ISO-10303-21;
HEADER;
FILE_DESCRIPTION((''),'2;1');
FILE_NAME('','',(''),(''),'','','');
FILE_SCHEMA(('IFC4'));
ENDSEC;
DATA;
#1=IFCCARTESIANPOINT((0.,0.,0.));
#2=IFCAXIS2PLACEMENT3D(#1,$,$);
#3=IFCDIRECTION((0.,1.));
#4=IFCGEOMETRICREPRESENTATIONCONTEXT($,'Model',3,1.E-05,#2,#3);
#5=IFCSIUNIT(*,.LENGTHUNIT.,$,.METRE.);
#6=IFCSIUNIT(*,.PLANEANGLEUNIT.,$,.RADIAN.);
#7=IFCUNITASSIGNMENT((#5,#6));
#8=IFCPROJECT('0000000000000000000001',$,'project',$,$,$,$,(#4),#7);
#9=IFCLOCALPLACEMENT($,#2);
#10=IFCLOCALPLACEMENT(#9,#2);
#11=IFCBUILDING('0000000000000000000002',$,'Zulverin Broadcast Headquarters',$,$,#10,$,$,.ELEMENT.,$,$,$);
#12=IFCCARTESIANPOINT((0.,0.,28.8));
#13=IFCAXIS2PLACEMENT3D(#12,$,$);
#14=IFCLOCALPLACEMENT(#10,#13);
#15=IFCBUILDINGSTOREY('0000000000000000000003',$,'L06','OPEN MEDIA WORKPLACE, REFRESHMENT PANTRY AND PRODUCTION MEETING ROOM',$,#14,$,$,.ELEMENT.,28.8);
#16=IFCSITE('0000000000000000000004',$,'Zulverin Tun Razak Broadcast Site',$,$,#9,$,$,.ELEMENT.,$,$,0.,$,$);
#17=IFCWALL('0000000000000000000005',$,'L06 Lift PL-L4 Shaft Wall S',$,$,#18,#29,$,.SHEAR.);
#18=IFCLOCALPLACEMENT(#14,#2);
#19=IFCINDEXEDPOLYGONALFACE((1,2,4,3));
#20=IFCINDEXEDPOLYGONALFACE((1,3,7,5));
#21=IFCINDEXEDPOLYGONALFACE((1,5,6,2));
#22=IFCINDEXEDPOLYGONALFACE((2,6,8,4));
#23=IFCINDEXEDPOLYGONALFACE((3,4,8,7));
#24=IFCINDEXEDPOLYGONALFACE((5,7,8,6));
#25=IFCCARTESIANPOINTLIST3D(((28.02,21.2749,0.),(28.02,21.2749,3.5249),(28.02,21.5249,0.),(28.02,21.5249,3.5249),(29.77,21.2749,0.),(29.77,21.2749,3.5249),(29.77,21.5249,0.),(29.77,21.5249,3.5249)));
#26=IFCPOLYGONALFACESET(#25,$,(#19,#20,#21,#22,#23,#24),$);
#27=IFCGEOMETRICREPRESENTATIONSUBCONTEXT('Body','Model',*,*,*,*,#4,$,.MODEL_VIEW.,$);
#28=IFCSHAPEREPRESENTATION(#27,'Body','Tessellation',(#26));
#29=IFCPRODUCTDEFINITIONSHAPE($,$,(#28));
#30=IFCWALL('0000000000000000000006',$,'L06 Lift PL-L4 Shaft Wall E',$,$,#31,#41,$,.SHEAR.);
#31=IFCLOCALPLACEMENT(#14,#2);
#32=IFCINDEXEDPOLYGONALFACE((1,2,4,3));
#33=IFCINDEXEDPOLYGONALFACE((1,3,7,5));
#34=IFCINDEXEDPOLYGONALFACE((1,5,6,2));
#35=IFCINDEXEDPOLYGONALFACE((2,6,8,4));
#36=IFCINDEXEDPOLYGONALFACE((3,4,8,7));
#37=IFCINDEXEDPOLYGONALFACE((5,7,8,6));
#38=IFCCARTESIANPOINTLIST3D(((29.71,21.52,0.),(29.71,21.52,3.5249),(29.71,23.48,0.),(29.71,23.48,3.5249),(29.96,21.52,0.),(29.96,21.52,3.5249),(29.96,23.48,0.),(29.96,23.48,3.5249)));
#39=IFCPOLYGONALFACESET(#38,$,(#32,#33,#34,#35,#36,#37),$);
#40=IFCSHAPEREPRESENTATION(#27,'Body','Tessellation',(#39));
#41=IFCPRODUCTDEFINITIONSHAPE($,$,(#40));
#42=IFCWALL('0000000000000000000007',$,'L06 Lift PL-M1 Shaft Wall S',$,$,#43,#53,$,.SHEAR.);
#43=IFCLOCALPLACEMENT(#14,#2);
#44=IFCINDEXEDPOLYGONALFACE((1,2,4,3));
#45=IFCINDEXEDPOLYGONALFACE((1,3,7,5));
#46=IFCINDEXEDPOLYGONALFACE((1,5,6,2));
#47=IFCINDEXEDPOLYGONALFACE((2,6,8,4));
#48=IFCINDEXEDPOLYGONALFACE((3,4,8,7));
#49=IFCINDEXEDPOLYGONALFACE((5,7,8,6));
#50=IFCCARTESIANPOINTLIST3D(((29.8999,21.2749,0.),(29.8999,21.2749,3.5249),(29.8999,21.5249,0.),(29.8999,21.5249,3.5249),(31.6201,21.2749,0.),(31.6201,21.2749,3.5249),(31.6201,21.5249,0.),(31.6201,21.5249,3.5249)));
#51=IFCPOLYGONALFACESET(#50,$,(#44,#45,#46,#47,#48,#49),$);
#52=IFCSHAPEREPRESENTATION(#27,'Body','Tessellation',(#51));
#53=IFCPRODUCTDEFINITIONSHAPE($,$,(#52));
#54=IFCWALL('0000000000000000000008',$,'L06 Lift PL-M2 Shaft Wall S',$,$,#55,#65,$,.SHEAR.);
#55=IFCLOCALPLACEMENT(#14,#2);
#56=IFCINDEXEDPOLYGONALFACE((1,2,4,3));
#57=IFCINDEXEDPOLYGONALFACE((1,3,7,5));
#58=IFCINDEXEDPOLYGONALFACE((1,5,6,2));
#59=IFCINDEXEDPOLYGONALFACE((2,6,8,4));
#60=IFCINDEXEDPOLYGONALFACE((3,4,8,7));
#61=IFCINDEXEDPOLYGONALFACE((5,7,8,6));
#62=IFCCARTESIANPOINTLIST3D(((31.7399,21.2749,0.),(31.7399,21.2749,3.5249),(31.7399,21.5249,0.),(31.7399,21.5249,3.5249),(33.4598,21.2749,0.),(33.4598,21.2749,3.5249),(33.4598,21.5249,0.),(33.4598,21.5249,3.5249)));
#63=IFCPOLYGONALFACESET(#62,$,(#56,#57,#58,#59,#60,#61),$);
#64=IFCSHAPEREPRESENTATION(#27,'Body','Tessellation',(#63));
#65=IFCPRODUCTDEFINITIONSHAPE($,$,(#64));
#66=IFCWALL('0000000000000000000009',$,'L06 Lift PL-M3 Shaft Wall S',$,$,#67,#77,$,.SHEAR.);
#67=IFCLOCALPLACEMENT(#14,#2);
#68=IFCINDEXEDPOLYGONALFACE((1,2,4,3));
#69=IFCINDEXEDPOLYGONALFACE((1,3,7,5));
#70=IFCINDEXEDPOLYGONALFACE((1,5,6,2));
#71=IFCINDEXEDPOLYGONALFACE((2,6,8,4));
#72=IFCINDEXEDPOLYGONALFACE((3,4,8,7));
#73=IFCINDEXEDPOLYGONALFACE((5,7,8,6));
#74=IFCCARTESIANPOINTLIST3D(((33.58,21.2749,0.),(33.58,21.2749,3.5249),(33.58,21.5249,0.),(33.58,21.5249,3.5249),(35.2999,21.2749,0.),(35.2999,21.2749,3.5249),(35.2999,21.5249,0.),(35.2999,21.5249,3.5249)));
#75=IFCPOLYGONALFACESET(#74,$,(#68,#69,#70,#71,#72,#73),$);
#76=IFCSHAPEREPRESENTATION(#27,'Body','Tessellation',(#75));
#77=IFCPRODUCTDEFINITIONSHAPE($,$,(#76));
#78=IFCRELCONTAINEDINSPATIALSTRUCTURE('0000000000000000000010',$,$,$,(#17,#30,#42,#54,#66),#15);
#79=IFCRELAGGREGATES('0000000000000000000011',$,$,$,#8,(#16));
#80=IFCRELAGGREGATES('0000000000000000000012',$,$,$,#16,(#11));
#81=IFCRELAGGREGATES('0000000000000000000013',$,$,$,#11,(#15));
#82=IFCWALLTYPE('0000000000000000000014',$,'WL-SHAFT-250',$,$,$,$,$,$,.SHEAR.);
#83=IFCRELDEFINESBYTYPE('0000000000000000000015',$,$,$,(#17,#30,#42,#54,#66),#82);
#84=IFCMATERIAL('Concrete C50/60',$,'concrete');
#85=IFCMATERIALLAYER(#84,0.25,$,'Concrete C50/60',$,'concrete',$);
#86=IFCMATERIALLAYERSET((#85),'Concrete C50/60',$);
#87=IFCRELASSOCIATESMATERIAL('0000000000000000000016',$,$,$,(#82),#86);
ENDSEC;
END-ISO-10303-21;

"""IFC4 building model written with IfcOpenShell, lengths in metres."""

from ifc_helpers import new_model, si_unit, direction, frame, frame_2d, origin, place, context, subcontext, project, spatial, rectangle, extrude, material, layer, layer_set, type_object, element, save


model = new_model("IFC4")

# Units and contexts
model_context = context("Model", 3, precision=1e-05, world=origin(), true_north=direction((0.0, 1.0)))
body_context = subcontext(model_context, "Body", "Model", "MODEL_VIEW")
ifc_project = project(units=[si_unit("LENGTHUNIT", "METRE"), si_unit("PLANEANGLEUNIT", "RADIAN")], contexts=[model_context])

# Site, building, storey
site_placement = place(None, origin())
site = spatial("IfcSite", under=ifc_project, at=site_placement, Name="Zulverin Tun Razak Broadcast Site", CompositionType="ELEMENT", RefElevation=0.0)
building_placement = place(site_placement, origin())
building = spatial("IfcBuilding", under=site, at=building_placement, Name="Zulverin Broadcast Headquarters", CompositionType="ELEMENT")
storey_placement = place(building_placement, frame((0.0, 0.0, 28.8)))
storey = spatial("IfcBuildingStorey", under=building, at=storey_placement, Name="L06", Description="OPEN MEDIA WORKPLACE, REFRESHMENT PANTRY AND PRODUCTION MEETING ROOM", CompositionType="ELEMENT", Elevation=28.8)

# Walls
ifc_material_1 = material(Name="Concrete C50/60", Category="concrete")
ifc_layer_1 = layer(ifc_material_1, 0.25, Name="Concrete C50/60", Category="concrete")
ifc_layer_set_1 = layer_set([ifc_layer_1], Name="Concrete C50/60")
wall_type_1 = type_object("IfcWallType", Name="WL-SHAFT-250", PredefinedType="SHEAR", material=ifc_layer_set_1)
wall_1_placement = place(storey_placement, frame((28.02, 21.3999, 0.0), z_axis=(0.0, 0.0, 1.0), x_axis=(1.0, 0.0, 0.0)))
element("IfcWall", 1, at=wall_1_placement, inside=storey, type_object=wall_type_1, Name="L06 Lift PL-L4 Shaft Wall S", PredefinedType="SHEAR", context=body_context, shape_type="SweptSolid", body=[
    extrude(rectangle(XDim=1.75, YDim=0.25, at=frame_2d((0.875, 0.0))), origin(), (0.0, 0.0, 1.0), 3.5249),
])
wall_2_placement = place(storey_placement, frame((29.835, 21.52, 0.0), z_axis=(0.0, 0.0, 1.0), x_axis=(0.0, 1.0, 0.0)))
element("IfcWall", 2, at=wall_2_placement, inside=storey, type_object=wall_type_1, Name="L06 Lift PL-L4 Shaft Wall E", PredefinedType="SHEAR", context=body_context, shape_type="SweptSolid", body=[
    extrude(rectangle(XDim=1.96, YDim=0.25, at=frame_2d((0.98, 0.0))), origin(), (0.0, 0.0, 1.0), 3.5249),
])
wall_3_placement = place(storey_placement, frame((29.8999, 21.3999, 0.0), z_axis=(0.0, 0.0, 1.0), x_axis=(1.0, 0.0, 0.0)))
element("IfcWall", 3, at=wall_3_placement, inside=storey, type_object=wall_type_1, Name="L06 Lift PL-M1 Shaft Wall S", PredefinedType="SHEAR", context=body_context, shape_type="SweptSolid", body=[
    extrude(rectangle(XDim=1.7202, YDim=0.25, at=frame_2d((0.8601, 0.0))), origin(), (0.0, 0.0, 1.0), 3.5249),
])
for number, where, z_axis, x_axis, name in (
    (4, (31.74, 21.3999, 0.0), (0.0, 0.0, 1.0), (1.0, 0.0, 0.0), "L06 Lift PL-M2 Shaft Wall S"),
    (5, (33.5801, 21.3999, 0.0), (0.0, 0.0, 1.0), (1.0, 0.0, 0.0), "L06 Lift PL-M3 Shaft Wall S"),
):
    element("IfcWall", number, at=place(storey_placement, frame(where, z_axis=z_axis, x_axis=x_axis)), inside=storey, type_object=wall_type_1, Name=name, PredefinedType="SHEAR", context=body_context, shape_type="SweptSolid", body=[
        extrude(rectangle(XDim=1.72, YDim=0.25, at=frame_2d((0.8599, 0.0))), origin(), (0.0, 0.0, 1.0), 3.5249),
    ])

save(model, "model.ifc")
